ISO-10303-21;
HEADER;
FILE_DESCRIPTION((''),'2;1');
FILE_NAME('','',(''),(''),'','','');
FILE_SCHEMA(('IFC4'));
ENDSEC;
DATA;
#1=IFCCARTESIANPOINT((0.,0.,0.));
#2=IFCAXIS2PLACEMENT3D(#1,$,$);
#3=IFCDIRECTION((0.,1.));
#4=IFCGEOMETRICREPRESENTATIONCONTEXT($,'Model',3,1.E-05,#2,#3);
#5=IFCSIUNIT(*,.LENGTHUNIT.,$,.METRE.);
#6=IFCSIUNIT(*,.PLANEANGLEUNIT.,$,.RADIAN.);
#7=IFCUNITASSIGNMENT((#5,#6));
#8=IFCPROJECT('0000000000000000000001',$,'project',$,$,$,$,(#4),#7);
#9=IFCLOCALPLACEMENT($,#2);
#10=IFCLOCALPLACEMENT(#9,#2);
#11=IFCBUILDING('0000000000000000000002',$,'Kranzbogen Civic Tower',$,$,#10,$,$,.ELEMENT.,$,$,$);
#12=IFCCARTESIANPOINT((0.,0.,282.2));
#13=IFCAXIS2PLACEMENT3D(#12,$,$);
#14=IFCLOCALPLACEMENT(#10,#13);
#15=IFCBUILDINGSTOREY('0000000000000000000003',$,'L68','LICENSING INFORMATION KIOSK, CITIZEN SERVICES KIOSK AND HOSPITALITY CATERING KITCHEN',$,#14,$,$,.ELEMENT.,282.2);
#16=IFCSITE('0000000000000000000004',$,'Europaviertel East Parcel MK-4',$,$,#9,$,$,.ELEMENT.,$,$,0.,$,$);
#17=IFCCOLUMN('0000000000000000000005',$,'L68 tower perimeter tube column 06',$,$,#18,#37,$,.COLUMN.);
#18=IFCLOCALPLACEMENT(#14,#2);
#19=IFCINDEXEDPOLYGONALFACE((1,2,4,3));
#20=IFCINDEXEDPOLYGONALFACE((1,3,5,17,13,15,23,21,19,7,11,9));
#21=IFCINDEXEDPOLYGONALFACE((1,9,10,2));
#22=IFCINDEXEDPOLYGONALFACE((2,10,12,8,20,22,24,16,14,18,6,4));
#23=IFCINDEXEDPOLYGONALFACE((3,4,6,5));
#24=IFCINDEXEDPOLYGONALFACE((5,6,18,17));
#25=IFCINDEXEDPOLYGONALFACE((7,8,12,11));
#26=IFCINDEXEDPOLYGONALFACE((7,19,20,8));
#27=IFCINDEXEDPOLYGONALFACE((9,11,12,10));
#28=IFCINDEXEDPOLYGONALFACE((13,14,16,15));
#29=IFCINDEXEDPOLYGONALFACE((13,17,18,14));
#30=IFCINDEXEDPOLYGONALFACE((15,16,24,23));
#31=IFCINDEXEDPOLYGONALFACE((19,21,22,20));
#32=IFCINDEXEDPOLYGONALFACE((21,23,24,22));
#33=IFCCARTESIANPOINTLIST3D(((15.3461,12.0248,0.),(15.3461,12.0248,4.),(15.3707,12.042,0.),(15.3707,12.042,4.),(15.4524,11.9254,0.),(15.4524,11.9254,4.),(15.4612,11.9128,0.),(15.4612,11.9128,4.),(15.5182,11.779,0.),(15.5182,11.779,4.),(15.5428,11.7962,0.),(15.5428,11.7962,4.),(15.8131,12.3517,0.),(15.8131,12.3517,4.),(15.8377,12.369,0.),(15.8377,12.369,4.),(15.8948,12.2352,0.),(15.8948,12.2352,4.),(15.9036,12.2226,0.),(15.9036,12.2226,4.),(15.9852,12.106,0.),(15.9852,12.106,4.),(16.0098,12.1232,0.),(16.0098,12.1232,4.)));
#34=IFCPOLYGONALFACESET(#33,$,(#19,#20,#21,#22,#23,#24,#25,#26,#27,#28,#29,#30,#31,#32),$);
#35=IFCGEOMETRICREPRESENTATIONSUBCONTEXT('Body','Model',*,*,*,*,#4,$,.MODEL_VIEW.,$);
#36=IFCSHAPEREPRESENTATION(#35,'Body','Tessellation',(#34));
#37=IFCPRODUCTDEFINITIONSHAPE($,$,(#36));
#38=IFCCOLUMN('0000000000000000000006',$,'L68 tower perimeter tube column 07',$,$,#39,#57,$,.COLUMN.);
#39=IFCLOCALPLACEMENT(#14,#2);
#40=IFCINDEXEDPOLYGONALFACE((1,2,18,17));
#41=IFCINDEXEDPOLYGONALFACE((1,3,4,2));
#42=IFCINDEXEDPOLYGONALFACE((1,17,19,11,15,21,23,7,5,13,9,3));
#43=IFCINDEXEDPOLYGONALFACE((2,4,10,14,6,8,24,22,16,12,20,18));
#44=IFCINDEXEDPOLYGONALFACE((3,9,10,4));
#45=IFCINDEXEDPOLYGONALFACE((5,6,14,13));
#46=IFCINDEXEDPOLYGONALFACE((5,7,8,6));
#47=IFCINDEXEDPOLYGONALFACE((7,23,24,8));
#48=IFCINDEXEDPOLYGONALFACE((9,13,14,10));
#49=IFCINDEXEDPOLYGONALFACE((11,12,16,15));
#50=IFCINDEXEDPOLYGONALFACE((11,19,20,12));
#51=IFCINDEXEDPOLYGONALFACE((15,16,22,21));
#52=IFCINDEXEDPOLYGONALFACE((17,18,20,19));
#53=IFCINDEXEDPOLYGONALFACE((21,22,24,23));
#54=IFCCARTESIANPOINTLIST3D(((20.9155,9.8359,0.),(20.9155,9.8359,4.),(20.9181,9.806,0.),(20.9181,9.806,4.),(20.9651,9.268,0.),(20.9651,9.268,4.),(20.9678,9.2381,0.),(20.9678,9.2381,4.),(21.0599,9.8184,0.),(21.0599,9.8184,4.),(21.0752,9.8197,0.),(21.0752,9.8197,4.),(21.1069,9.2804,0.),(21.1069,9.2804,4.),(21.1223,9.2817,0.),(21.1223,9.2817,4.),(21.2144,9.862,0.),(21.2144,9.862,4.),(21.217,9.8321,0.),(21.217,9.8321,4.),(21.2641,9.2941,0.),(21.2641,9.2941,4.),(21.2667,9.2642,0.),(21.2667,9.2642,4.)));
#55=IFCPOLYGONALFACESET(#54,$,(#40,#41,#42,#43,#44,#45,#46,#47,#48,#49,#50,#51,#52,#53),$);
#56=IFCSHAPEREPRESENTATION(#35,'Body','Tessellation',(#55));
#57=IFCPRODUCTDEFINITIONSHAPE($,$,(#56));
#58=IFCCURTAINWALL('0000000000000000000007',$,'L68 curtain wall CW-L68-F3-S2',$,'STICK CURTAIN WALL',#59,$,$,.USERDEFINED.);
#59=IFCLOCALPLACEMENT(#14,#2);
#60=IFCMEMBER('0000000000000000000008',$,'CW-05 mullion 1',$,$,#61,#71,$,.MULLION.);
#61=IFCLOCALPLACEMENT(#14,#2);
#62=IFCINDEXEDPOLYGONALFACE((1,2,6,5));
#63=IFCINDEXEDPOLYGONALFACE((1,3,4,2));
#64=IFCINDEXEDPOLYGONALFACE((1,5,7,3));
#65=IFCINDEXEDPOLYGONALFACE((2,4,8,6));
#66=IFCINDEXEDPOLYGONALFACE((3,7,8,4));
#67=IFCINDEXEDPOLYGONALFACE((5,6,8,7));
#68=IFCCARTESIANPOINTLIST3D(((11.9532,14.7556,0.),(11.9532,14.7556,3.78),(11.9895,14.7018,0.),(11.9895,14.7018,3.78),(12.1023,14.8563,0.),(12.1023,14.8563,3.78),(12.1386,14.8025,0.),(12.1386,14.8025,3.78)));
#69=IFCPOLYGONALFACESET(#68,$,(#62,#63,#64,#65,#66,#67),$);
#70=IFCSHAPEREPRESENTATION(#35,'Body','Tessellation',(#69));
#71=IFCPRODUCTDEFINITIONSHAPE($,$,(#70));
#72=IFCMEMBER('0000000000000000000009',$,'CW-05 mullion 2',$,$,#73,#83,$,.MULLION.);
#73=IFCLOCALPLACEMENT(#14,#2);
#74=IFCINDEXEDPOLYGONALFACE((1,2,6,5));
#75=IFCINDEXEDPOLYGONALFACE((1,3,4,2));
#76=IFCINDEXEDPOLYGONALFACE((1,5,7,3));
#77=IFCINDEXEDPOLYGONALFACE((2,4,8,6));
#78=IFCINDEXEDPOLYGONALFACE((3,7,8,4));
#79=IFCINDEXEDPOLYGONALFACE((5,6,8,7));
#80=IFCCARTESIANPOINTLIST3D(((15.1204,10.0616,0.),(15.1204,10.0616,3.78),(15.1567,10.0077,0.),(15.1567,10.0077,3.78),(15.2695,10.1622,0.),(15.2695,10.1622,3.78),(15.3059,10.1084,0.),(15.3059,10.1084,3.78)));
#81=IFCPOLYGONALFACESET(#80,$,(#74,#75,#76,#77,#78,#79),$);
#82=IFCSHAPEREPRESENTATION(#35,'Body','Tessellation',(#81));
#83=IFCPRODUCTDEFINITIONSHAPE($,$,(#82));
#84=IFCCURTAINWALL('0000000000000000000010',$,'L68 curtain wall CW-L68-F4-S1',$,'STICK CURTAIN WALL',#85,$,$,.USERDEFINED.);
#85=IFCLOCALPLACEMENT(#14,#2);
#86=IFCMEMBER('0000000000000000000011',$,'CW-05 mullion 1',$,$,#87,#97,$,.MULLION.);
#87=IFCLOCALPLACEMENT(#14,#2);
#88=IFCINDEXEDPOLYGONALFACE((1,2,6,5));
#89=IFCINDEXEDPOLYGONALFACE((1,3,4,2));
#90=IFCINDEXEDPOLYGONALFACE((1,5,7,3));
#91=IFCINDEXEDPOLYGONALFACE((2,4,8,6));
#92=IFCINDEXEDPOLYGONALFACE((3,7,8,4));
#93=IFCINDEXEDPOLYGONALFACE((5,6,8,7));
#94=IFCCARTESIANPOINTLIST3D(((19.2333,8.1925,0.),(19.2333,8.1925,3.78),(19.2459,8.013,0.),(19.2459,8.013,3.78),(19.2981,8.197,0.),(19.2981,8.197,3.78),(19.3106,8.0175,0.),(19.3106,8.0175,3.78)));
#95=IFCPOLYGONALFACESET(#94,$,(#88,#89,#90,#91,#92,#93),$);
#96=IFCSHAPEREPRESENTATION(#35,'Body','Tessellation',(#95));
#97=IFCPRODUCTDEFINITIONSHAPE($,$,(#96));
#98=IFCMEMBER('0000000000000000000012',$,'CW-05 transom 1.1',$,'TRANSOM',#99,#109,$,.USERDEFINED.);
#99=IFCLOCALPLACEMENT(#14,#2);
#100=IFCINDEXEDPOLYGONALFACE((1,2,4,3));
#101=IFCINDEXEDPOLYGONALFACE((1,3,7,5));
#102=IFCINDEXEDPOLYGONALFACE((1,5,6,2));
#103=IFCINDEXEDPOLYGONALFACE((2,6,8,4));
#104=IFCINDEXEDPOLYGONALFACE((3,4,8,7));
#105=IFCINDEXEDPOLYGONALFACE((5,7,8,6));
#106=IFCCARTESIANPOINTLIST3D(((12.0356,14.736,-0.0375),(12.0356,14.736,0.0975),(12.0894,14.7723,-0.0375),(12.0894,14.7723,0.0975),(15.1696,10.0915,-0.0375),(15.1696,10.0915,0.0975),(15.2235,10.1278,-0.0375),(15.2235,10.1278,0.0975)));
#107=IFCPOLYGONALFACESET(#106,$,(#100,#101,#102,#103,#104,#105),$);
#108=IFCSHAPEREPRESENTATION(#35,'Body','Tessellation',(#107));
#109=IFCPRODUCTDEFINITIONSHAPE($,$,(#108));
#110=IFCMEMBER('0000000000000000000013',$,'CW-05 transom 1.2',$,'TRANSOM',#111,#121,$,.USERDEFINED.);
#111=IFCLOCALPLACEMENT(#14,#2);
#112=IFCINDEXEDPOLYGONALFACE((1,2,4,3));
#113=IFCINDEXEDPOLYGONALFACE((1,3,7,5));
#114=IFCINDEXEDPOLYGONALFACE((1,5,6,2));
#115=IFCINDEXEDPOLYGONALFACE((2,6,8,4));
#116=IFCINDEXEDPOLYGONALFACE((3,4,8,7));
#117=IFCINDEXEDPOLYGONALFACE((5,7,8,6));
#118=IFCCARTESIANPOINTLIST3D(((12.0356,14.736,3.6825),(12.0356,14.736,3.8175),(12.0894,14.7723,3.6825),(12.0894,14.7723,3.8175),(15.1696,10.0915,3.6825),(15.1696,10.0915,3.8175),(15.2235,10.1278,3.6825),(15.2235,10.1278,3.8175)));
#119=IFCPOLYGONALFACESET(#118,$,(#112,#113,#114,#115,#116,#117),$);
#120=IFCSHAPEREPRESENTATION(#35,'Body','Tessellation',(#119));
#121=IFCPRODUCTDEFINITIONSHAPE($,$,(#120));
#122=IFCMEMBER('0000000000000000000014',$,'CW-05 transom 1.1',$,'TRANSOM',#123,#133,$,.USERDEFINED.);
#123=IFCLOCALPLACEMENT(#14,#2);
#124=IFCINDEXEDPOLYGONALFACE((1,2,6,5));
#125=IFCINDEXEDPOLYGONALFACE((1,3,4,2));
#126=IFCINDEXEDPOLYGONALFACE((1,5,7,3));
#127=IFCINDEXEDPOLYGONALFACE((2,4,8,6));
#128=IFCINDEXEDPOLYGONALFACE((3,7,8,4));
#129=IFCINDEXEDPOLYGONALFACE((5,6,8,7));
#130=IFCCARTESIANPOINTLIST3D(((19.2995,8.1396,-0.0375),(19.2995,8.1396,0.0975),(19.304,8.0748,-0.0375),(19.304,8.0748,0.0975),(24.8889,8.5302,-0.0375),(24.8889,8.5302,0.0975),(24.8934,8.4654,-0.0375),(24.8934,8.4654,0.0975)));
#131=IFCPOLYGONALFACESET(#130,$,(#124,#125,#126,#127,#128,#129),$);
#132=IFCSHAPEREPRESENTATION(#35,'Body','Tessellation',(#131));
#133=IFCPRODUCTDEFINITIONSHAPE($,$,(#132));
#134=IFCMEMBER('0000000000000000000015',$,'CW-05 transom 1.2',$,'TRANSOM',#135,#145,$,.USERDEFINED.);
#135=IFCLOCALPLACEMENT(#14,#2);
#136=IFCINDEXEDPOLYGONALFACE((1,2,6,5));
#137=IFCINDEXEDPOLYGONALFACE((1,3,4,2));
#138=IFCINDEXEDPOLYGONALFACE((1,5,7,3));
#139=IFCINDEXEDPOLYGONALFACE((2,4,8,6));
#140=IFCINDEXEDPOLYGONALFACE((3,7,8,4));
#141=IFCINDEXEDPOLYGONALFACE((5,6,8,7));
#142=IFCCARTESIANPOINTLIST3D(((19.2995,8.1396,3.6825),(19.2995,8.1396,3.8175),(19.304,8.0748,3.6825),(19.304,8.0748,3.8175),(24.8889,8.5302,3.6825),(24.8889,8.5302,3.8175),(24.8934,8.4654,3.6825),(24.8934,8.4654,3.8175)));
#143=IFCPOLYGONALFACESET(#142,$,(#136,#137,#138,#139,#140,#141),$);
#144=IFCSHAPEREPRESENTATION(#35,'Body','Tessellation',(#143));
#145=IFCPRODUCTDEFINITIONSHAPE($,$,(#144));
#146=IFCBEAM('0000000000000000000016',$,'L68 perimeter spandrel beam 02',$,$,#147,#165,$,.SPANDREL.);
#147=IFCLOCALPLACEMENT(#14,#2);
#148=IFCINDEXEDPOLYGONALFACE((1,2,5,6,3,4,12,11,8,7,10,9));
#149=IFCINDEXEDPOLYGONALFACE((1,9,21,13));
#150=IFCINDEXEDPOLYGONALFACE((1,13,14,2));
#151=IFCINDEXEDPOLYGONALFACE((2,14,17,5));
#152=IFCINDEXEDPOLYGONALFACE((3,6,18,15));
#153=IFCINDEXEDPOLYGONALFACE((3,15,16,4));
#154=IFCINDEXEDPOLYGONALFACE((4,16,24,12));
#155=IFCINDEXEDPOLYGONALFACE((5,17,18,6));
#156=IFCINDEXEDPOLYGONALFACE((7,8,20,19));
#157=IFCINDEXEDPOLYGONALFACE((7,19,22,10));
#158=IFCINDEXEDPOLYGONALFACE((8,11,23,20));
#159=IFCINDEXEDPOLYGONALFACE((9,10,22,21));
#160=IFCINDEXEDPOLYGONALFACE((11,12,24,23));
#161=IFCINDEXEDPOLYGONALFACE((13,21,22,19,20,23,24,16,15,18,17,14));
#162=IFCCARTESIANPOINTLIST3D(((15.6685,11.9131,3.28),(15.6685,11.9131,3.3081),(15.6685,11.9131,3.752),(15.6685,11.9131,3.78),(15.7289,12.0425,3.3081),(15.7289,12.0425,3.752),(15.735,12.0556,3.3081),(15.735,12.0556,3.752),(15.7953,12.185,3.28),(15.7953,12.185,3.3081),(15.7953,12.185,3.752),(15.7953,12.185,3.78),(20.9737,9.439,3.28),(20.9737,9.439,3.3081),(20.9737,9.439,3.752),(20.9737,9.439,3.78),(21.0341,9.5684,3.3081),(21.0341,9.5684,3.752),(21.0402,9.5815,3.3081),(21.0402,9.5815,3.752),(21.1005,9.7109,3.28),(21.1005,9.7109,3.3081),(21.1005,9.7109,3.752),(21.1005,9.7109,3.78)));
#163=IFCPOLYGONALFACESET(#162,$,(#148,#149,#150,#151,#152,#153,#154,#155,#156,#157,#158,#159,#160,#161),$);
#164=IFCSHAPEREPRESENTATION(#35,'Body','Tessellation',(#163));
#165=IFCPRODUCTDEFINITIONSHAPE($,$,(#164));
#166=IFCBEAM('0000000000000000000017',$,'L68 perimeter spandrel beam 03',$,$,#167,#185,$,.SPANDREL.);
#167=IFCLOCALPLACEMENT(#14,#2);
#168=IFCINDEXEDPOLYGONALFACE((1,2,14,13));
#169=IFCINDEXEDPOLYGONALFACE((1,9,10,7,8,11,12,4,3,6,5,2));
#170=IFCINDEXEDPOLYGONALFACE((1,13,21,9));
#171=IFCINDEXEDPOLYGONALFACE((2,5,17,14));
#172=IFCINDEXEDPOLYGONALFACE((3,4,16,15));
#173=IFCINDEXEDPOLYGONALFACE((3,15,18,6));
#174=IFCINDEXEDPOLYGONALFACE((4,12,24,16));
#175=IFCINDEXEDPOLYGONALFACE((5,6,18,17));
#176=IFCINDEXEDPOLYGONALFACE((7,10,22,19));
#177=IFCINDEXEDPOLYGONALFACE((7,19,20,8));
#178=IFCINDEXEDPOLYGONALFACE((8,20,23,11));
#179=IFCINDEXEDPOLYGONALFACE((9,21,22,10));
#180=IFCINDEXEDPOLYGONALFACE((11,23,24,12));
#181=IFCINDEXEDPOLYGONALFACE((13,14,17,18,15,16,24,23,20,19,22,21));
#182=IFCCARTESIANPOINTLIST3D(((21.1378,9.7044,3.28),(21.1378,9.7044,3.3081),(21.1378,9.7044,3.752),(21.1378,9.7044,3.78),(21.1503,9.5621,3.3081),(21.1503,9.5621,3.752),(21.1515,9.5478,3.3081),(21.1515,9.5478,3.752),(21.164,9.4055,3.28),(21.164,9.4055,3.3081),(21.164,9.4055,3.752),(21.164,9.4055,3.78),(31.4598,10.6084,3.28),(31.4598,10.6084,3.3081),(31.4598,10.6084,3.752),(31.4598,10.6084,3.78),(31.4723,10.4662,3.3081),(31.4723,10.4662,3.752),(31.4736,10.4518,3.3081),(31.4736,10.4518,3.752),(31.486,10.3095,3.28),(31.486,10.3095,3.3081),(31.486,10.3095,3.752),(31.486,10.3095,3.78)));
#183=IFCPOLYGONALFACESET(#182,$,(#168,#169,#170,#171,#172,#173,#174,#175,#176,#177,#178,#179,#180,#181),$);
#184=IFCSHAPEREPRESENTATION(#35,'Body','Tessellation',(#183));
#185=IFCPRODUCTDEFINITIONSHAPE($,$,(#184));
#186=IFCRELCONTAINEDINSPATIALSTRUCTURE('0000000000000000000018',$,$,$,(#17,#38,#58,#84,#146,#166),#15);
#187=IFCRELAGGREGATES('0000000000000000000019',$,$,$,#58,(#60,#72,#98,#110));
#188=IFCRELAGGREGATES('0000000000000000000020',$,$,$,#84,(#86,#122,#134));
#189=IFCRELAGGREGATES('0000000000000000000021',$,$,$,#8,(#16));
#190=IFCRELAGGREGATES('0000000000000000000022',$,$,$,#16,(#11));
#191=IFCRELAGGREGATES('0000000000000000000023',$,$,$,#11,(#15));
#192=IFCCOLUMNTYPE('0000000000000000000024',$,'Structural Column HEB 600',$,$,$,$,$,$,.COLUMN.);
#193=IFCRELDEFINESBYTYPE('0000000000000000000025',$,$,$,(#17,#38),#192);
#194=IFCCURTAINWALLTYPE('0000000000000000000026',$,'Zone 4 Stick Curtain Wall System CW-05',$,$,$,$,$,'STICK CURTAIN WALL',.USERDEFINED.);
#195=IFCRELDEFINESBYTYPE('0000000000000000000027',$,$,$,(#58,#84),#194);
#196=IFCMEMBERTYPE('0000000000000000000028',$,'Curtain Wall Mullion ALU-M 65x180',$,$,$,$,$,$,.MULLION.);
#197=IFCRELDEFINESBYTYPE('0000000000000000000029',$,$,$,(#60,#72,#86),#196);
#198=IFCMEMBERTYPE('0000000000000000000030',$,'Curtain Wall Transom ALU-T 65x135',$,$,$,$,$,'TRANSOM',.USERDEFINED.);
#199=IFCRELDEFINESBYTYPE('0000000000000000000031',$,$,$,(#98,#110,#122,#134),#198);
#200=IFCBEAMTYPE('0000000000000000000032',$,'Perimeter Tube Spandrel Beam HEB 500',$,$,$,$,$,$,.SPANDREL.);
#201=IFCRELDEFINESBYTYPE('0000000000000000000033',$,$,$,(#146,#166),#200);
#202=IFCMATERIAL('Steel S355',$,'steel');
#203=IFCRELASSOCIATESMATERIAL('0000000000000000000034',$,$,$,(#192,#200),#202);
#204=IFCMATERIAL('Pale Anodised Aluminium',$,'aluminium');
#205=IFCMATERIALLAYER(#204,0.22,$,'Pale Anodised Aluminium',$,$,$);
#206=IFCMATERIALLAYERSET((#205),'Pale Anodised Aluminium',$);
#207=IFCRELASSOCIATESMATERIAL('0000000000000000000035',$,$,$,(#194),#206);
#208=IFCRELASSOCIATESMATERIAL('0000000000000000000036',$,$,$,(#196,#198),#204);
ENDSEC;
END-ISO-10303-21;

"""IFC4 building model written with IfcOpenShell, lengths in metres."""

from ifc_helpers import new_model, si_unit, direction, frame, origin, origin_2d, place, context, subcontext, project, spatial, rectangle, i_section, extrude, material, layer, layer_set, material_profile, profile_set, type_object, element, aggregate, save


model = new_model("IFC4")

# Units and contexts
model_context = context("Model", 3, precision=1e-05, world=origin(), true_north=direction((0.0, 1.0)))
body_context = subcontext(model_context, "Body", "Model", "MODEL_VIEW")
ifc_project = project(units=[si_unit("LENGTHUNIT", "METRE"), si_unit("PLANEANGLEUNIT", "RADIAN")], contexts=[model_context])

# Site, building, storey
site_placement = place(None, origin())
site = spatial("IfcSite", under=ifc_project, at=site_placement, Name="Europaviertel East Parcel MK-4", CompositionType="ELEMENT", RefElevation=0.0)
building_placement = place(site_placement, origin())
building = spatial("IfcBuilding", under=site, at=building_placement, Name="Kranzbogen Civic Tower", CompositionType="ELEMENT")
storey_placement = place(building_placement, frame((0.0, 0.0, 282.2)))
storey = spatial("IfcBuildingStorey", under=building, at=storey_placement, Name="L68", Description="LICENSING INFORMATION KIOSK, CITIZEN SERVICES KIOSK AND HOSPITALITY CATERING KITCHEN", CompositionType="ELEMENT", Elevation=282.2)

# Columns
ifc_material_1 = material(Name="Steel S355", Category="steel")
ifc_material_profile_1 = material_profile(ifc_material_1, i_section(OverallWidth=0.3, OverallDepth=0.6001, WebThickness=0.0154, FlangeThickness=0.03, at=origin_2d()), Name="HEB 600")
ifc_profile_set_1 = profile_set([ifc_material_profile_1], Name="Steel S355")
column_type = type_object("IfcColumnType", Name="Structural Column HEB 600", PredefinedType="COLUMN", material=ifc_profile_set_1)
for number, where, z_axis, x_axis, name in (
    (1, (15.678, 12.074, 0.0), (0.0, 0.0, 1.0), (-0.573576, 0.819152, 0.0), "L68 tower perimeter tube column 06"),
    (2, (21.0911, 9.55, 0.0), (0.0, 0.0, 1.0), (0.996195, 0.087156, 0.0), "L68 tower perimeter tube column 07"),
):
    element("IfcColumn", number, at=place(storey_placement, frame(where, z_axis=z_axis, x_axis=x_axis)), inside=storey, type_object=column_type, Name=name, PredefinedType="COLUMN", context=body_context, shape_type="SweptSolid", body=[
        extrude(i_section(OverallWidth=0.3, OverallDepth=0.6001, WebThickness=0.0154, FlangeThickness=0.03, at=origin_2d()), origin(), (0.0, 0.0, 1.0), 4.0),
    ])

# Curtain wall, members
ifc_material_2 = material(Name="Pale Anodised Aluminium", Category="aluminium")
ifc_layer_1 = layer(ifc_material_2, 0.22, Name="Pale Anodised Aluminium")
ifc_layer_set_1 = layer_set([ifc_layer_1], Name="Pale Anodised Aluminium")
curtain_wall_type = type_object("IfcCurtainWallType", Name="Zone 4 Stick Curtain Wall System CW-05", ElementType="STICK CURTAIN WALL", PredefinedType="USERDEFINED", material=ifc_layer_set_1)
curtain_wall_1_placement = place(storey_placement, origin())
curtain_wall_1 = element("IfcCurtainWall", 3, at=curtain_wall_1_placement, inside=storey, type_object=curtain_wall_type, Name="L68 curtain wall CW-L68-F3-S2", ObjectType="STICK CURTAIN WALL", PredefinedType="USERDEFINED")
ifc_material_profile_2 = material_profile(ifc_material_2, rectangle(XDim=0.0649, YDim=0.1799, at=origin_2d()), Name="ALU-M 65x180")
ifc_profile_set_2 = profile_set([ifc_material_profile_2], Name="Pale Anodised Aluminium")
member_type_1 = type_object("IfcMemberType", Name="Curtain Wall Mullion ALU-M 65x180", PredefinedType="MULLION", material=ifc_profile_set_2)
member_1_placement = place(storey_placement, frame((12.0459, 14.7791, 0.0), z_axis=(0.0, 0.0, 1.0), x_axis=(0.559329, -0.828946, 0.0)))
member_1 = element("IfcMember", 4, at=member_1_placement, type_object=member_type_1, Name="CW-05 mullion 1", PredefinedType="MULLION", context=body_context, shape_type="SweptSolid", body=[
    extrude(rectangle(XDim=0.0649, YDim=0.1799, at=origin_2d()), origin(), (0.0, 0.0, 1.0), 3.78),
])
member_2_placement = place(storey_placement, frame((15.2131, 10.085, 0.0), z_axis=(0.0, 0.0, 1.0), x_axis=(0.559329, -0.828946, 0.0)))
member_2 = element("IfcMember", 5, at=member_2_placement, type_object=member_type_1, Name="CW-05 mullion 2", PredefinedType="MULLION", context=body_context, shape_type="SweptSolid", body=[
    extrude(rectangle(XDim=0.0649, YDim=0.1799, at=origin_2d()), origin(), (0.0, 0.0, 1.0), 3.78),
])

# Curtain wall, member
curtain_wall_2_placement = place(storey_placement, origin())
curtain_wall_2 = element("IfcCurtainWall", 6, at=curtain_wall_2_placement, inside=storey, type_object=curtain_wall_type, Name="L68 curtain wall CW-L68-F4-S1", ObjectType="STICK CURTAIN WALL", PredefinedType="USERDEFINED")
member_3_placement = place(storey_placement, frame((19.272, 8.105, 0.0), z_axis=(0.0, 0.0, 1.0), x_axis=(0.997567, 0.06972, 0.0)))
member_3 = element("IfcMember", 7, at=member_3_placement, type_object=member_type_1, Name="CW-05 mullion 1", PredefinedType="MULLION", context=body_context, shape_type="SweptSolid", body=[
    extrude(rectangle(XDim=0.0649, YDim=0.1799, at=origin_2d()), origin(), (0.0, 0.0, 1.0), 3.78),
])

# Members
ifc_material_profile_3 = material_profile(ifc_material_2, rectangle(XDim=0.0649, YDim=0.135, at=origin_2d()), Name="ALU-T 65x135")
ifc_profile_set_3 = profile_set([ifc_material_profile_3], Name="Pale Anodised Aluminium")
member_type_2 = type_object("IfcMemberType", Name="Curtain Wall Transom ALU-T 65x135", ElementType="TRANSOM", PredefinedType="USERDEFINED", material=ifc_profile_set_3)
member_4_placement = place(storey_placement, frame((12.0625, 14.7542, 0.03), z_axis=(0.559347, -0.828934, 0.0), x_axis=(0.828934, 0.559347, 0.0)))
member_4 = element("IfcMember", 8, at=member_4_placement, type_object=member_type_2, Name="CW-05 transom 1.1", ObjectType="TRANSOM", PredefinedType="USERDEFINED", context=body_context, shape_type="SweptSolid", body=[
    extrude(rectangle(XDim=0.0649, YDim=0.135, at=origin_2d()), origin(), (0.0, 0.0, 1.0), 5.603),
])
member_5_placement = place(storey_placement, frame((12.0625, 14.7542, 3.75), z_axis=(0.559347, -0.828934, 0.0), x_axis=(0.828934, 0.559347, 0.0)))
member_5 = element("IfcMember", 9, at=member_5_placement, type_object=member_type_2, Name="CW-05 transom 1.2", ObjectType="TRANSOM", PredefinedType="USERDEFINED", context=body_context, shape_type="SweptSolid", body=[
    extrude(rectangle(XDim=0.0649, YDim=0.135, at=origin_2d()), origin(), (0.0, 0.0, 1.0), 5.603),
])
member_6_placement = place(storey_placement, frame((19.3018, 8.1072, 0.03), z_axis=(0.997567, 0.069717, 0.0), x_axis=(-0.069717, 0.997567, 0.0)))
member_6 = element("IfcMember", 10, at=member_6_placement, type_object=member_type_2, Name="CW-05 transom 1.1", ObjectType="TRANSOM", PredefinedType="USERDEFINED", context=body_context, shape_type="SweptSolid", body=[
    extrude(rectangle(XDim=0.0649, YDim=0.135, at=origin_2d()), origin(), (0.0, 0.0, 1.0), 5.603),
])
member_7_placement = place(storey_placement, frame((19.3018, 8.1072, 3.75), z_axis=(0.997567, 0.069717, 0.0), x_axis=(-0.069717, 0.997567, 0.0)))
member_7 = element("IfcMember", 11, at=member_7_placement, type_object=member_type_2, Name="CW-05 transom 1.2", ObjectType="TRANSOM", PredefinedType="USERDEFINED", context=body_context, shape_type="SweptSolid", body=[
    extrude(rectangle(XDim=0.0649, YDim=0.135, at=origin_2d()), origin(), (0.0, 0.0, 1.0), 5.603),
])

# Beams
ifc_material_profile_4 = material_profile(ifc_material_1, i_section(OverallWidth=0.3, OverallDepth=0.5, WebThickness=0.0144, FlangeThickness=0.0281, at=origin_2d()), Name="HEB 500")
ifc_profile_set_4 = profile_set([ifc_material_profile_4], Name="Steel S355")
beam_type_1 = type_object("IfcBeamType", Name="Perimeter Tube Spandrel Beam HEB 500", PredefinedType="SPANDREL", material=ifc_profile_set_4)
beam_1_placement = place(storey_placement, frame((15.7319, 12.0491, 3.53), z_axis=(0.90629, -0.422657, 0.0), x_axis=(0.422657, 0.90629, 0.0)))
element("IfcBeam", 12, at=beam_1_placement, inside=storey, type_object=beam_type_1, Name="L68 perimeter spandrel beam 02", PredefinedType="SPANDREL", context=body_context, shape_type="SweptSolid", body=[
    extrude(i_section(OverallWidth=0.3, OverallDepth=0.5, WebThickness=0.0144, FlangeThickness=0.0281, at=origin_2d()), origin(), (0.0, 0.0, 1.0), 5.8538),
])
beam_2_placement = place(storey_placement, frame((21.1509, 9.5549, 3.53), z_axis=(0.996186, 0.087251, 0.0), x_axis=(-0.087251, 0.996186, 0.0)))
element("IfcBeam", 13, at=beam_2_placement, inside=storey, type_object=beam_type_1, Name="L68 perimeter spandrel beam 03", PredefinedType="SPANDREL", context=body_context, shape_type="SweptSolid", body=[
    extrude(i_section(OverallWidth=0.3, OverallDepth=0.5, WebThickness=0.0144, FlangeThickness=0.0281, at=origin_2d()), origin(), (0.0, 0.0, 1.0), 10.3616),
])

aggregate(curtain_wall_1, [member_1, member_2, member_4, member_5])
aggregate(curtain_wall_2, [member_3, member_6, member_7])

save(model, "model.ifc")
